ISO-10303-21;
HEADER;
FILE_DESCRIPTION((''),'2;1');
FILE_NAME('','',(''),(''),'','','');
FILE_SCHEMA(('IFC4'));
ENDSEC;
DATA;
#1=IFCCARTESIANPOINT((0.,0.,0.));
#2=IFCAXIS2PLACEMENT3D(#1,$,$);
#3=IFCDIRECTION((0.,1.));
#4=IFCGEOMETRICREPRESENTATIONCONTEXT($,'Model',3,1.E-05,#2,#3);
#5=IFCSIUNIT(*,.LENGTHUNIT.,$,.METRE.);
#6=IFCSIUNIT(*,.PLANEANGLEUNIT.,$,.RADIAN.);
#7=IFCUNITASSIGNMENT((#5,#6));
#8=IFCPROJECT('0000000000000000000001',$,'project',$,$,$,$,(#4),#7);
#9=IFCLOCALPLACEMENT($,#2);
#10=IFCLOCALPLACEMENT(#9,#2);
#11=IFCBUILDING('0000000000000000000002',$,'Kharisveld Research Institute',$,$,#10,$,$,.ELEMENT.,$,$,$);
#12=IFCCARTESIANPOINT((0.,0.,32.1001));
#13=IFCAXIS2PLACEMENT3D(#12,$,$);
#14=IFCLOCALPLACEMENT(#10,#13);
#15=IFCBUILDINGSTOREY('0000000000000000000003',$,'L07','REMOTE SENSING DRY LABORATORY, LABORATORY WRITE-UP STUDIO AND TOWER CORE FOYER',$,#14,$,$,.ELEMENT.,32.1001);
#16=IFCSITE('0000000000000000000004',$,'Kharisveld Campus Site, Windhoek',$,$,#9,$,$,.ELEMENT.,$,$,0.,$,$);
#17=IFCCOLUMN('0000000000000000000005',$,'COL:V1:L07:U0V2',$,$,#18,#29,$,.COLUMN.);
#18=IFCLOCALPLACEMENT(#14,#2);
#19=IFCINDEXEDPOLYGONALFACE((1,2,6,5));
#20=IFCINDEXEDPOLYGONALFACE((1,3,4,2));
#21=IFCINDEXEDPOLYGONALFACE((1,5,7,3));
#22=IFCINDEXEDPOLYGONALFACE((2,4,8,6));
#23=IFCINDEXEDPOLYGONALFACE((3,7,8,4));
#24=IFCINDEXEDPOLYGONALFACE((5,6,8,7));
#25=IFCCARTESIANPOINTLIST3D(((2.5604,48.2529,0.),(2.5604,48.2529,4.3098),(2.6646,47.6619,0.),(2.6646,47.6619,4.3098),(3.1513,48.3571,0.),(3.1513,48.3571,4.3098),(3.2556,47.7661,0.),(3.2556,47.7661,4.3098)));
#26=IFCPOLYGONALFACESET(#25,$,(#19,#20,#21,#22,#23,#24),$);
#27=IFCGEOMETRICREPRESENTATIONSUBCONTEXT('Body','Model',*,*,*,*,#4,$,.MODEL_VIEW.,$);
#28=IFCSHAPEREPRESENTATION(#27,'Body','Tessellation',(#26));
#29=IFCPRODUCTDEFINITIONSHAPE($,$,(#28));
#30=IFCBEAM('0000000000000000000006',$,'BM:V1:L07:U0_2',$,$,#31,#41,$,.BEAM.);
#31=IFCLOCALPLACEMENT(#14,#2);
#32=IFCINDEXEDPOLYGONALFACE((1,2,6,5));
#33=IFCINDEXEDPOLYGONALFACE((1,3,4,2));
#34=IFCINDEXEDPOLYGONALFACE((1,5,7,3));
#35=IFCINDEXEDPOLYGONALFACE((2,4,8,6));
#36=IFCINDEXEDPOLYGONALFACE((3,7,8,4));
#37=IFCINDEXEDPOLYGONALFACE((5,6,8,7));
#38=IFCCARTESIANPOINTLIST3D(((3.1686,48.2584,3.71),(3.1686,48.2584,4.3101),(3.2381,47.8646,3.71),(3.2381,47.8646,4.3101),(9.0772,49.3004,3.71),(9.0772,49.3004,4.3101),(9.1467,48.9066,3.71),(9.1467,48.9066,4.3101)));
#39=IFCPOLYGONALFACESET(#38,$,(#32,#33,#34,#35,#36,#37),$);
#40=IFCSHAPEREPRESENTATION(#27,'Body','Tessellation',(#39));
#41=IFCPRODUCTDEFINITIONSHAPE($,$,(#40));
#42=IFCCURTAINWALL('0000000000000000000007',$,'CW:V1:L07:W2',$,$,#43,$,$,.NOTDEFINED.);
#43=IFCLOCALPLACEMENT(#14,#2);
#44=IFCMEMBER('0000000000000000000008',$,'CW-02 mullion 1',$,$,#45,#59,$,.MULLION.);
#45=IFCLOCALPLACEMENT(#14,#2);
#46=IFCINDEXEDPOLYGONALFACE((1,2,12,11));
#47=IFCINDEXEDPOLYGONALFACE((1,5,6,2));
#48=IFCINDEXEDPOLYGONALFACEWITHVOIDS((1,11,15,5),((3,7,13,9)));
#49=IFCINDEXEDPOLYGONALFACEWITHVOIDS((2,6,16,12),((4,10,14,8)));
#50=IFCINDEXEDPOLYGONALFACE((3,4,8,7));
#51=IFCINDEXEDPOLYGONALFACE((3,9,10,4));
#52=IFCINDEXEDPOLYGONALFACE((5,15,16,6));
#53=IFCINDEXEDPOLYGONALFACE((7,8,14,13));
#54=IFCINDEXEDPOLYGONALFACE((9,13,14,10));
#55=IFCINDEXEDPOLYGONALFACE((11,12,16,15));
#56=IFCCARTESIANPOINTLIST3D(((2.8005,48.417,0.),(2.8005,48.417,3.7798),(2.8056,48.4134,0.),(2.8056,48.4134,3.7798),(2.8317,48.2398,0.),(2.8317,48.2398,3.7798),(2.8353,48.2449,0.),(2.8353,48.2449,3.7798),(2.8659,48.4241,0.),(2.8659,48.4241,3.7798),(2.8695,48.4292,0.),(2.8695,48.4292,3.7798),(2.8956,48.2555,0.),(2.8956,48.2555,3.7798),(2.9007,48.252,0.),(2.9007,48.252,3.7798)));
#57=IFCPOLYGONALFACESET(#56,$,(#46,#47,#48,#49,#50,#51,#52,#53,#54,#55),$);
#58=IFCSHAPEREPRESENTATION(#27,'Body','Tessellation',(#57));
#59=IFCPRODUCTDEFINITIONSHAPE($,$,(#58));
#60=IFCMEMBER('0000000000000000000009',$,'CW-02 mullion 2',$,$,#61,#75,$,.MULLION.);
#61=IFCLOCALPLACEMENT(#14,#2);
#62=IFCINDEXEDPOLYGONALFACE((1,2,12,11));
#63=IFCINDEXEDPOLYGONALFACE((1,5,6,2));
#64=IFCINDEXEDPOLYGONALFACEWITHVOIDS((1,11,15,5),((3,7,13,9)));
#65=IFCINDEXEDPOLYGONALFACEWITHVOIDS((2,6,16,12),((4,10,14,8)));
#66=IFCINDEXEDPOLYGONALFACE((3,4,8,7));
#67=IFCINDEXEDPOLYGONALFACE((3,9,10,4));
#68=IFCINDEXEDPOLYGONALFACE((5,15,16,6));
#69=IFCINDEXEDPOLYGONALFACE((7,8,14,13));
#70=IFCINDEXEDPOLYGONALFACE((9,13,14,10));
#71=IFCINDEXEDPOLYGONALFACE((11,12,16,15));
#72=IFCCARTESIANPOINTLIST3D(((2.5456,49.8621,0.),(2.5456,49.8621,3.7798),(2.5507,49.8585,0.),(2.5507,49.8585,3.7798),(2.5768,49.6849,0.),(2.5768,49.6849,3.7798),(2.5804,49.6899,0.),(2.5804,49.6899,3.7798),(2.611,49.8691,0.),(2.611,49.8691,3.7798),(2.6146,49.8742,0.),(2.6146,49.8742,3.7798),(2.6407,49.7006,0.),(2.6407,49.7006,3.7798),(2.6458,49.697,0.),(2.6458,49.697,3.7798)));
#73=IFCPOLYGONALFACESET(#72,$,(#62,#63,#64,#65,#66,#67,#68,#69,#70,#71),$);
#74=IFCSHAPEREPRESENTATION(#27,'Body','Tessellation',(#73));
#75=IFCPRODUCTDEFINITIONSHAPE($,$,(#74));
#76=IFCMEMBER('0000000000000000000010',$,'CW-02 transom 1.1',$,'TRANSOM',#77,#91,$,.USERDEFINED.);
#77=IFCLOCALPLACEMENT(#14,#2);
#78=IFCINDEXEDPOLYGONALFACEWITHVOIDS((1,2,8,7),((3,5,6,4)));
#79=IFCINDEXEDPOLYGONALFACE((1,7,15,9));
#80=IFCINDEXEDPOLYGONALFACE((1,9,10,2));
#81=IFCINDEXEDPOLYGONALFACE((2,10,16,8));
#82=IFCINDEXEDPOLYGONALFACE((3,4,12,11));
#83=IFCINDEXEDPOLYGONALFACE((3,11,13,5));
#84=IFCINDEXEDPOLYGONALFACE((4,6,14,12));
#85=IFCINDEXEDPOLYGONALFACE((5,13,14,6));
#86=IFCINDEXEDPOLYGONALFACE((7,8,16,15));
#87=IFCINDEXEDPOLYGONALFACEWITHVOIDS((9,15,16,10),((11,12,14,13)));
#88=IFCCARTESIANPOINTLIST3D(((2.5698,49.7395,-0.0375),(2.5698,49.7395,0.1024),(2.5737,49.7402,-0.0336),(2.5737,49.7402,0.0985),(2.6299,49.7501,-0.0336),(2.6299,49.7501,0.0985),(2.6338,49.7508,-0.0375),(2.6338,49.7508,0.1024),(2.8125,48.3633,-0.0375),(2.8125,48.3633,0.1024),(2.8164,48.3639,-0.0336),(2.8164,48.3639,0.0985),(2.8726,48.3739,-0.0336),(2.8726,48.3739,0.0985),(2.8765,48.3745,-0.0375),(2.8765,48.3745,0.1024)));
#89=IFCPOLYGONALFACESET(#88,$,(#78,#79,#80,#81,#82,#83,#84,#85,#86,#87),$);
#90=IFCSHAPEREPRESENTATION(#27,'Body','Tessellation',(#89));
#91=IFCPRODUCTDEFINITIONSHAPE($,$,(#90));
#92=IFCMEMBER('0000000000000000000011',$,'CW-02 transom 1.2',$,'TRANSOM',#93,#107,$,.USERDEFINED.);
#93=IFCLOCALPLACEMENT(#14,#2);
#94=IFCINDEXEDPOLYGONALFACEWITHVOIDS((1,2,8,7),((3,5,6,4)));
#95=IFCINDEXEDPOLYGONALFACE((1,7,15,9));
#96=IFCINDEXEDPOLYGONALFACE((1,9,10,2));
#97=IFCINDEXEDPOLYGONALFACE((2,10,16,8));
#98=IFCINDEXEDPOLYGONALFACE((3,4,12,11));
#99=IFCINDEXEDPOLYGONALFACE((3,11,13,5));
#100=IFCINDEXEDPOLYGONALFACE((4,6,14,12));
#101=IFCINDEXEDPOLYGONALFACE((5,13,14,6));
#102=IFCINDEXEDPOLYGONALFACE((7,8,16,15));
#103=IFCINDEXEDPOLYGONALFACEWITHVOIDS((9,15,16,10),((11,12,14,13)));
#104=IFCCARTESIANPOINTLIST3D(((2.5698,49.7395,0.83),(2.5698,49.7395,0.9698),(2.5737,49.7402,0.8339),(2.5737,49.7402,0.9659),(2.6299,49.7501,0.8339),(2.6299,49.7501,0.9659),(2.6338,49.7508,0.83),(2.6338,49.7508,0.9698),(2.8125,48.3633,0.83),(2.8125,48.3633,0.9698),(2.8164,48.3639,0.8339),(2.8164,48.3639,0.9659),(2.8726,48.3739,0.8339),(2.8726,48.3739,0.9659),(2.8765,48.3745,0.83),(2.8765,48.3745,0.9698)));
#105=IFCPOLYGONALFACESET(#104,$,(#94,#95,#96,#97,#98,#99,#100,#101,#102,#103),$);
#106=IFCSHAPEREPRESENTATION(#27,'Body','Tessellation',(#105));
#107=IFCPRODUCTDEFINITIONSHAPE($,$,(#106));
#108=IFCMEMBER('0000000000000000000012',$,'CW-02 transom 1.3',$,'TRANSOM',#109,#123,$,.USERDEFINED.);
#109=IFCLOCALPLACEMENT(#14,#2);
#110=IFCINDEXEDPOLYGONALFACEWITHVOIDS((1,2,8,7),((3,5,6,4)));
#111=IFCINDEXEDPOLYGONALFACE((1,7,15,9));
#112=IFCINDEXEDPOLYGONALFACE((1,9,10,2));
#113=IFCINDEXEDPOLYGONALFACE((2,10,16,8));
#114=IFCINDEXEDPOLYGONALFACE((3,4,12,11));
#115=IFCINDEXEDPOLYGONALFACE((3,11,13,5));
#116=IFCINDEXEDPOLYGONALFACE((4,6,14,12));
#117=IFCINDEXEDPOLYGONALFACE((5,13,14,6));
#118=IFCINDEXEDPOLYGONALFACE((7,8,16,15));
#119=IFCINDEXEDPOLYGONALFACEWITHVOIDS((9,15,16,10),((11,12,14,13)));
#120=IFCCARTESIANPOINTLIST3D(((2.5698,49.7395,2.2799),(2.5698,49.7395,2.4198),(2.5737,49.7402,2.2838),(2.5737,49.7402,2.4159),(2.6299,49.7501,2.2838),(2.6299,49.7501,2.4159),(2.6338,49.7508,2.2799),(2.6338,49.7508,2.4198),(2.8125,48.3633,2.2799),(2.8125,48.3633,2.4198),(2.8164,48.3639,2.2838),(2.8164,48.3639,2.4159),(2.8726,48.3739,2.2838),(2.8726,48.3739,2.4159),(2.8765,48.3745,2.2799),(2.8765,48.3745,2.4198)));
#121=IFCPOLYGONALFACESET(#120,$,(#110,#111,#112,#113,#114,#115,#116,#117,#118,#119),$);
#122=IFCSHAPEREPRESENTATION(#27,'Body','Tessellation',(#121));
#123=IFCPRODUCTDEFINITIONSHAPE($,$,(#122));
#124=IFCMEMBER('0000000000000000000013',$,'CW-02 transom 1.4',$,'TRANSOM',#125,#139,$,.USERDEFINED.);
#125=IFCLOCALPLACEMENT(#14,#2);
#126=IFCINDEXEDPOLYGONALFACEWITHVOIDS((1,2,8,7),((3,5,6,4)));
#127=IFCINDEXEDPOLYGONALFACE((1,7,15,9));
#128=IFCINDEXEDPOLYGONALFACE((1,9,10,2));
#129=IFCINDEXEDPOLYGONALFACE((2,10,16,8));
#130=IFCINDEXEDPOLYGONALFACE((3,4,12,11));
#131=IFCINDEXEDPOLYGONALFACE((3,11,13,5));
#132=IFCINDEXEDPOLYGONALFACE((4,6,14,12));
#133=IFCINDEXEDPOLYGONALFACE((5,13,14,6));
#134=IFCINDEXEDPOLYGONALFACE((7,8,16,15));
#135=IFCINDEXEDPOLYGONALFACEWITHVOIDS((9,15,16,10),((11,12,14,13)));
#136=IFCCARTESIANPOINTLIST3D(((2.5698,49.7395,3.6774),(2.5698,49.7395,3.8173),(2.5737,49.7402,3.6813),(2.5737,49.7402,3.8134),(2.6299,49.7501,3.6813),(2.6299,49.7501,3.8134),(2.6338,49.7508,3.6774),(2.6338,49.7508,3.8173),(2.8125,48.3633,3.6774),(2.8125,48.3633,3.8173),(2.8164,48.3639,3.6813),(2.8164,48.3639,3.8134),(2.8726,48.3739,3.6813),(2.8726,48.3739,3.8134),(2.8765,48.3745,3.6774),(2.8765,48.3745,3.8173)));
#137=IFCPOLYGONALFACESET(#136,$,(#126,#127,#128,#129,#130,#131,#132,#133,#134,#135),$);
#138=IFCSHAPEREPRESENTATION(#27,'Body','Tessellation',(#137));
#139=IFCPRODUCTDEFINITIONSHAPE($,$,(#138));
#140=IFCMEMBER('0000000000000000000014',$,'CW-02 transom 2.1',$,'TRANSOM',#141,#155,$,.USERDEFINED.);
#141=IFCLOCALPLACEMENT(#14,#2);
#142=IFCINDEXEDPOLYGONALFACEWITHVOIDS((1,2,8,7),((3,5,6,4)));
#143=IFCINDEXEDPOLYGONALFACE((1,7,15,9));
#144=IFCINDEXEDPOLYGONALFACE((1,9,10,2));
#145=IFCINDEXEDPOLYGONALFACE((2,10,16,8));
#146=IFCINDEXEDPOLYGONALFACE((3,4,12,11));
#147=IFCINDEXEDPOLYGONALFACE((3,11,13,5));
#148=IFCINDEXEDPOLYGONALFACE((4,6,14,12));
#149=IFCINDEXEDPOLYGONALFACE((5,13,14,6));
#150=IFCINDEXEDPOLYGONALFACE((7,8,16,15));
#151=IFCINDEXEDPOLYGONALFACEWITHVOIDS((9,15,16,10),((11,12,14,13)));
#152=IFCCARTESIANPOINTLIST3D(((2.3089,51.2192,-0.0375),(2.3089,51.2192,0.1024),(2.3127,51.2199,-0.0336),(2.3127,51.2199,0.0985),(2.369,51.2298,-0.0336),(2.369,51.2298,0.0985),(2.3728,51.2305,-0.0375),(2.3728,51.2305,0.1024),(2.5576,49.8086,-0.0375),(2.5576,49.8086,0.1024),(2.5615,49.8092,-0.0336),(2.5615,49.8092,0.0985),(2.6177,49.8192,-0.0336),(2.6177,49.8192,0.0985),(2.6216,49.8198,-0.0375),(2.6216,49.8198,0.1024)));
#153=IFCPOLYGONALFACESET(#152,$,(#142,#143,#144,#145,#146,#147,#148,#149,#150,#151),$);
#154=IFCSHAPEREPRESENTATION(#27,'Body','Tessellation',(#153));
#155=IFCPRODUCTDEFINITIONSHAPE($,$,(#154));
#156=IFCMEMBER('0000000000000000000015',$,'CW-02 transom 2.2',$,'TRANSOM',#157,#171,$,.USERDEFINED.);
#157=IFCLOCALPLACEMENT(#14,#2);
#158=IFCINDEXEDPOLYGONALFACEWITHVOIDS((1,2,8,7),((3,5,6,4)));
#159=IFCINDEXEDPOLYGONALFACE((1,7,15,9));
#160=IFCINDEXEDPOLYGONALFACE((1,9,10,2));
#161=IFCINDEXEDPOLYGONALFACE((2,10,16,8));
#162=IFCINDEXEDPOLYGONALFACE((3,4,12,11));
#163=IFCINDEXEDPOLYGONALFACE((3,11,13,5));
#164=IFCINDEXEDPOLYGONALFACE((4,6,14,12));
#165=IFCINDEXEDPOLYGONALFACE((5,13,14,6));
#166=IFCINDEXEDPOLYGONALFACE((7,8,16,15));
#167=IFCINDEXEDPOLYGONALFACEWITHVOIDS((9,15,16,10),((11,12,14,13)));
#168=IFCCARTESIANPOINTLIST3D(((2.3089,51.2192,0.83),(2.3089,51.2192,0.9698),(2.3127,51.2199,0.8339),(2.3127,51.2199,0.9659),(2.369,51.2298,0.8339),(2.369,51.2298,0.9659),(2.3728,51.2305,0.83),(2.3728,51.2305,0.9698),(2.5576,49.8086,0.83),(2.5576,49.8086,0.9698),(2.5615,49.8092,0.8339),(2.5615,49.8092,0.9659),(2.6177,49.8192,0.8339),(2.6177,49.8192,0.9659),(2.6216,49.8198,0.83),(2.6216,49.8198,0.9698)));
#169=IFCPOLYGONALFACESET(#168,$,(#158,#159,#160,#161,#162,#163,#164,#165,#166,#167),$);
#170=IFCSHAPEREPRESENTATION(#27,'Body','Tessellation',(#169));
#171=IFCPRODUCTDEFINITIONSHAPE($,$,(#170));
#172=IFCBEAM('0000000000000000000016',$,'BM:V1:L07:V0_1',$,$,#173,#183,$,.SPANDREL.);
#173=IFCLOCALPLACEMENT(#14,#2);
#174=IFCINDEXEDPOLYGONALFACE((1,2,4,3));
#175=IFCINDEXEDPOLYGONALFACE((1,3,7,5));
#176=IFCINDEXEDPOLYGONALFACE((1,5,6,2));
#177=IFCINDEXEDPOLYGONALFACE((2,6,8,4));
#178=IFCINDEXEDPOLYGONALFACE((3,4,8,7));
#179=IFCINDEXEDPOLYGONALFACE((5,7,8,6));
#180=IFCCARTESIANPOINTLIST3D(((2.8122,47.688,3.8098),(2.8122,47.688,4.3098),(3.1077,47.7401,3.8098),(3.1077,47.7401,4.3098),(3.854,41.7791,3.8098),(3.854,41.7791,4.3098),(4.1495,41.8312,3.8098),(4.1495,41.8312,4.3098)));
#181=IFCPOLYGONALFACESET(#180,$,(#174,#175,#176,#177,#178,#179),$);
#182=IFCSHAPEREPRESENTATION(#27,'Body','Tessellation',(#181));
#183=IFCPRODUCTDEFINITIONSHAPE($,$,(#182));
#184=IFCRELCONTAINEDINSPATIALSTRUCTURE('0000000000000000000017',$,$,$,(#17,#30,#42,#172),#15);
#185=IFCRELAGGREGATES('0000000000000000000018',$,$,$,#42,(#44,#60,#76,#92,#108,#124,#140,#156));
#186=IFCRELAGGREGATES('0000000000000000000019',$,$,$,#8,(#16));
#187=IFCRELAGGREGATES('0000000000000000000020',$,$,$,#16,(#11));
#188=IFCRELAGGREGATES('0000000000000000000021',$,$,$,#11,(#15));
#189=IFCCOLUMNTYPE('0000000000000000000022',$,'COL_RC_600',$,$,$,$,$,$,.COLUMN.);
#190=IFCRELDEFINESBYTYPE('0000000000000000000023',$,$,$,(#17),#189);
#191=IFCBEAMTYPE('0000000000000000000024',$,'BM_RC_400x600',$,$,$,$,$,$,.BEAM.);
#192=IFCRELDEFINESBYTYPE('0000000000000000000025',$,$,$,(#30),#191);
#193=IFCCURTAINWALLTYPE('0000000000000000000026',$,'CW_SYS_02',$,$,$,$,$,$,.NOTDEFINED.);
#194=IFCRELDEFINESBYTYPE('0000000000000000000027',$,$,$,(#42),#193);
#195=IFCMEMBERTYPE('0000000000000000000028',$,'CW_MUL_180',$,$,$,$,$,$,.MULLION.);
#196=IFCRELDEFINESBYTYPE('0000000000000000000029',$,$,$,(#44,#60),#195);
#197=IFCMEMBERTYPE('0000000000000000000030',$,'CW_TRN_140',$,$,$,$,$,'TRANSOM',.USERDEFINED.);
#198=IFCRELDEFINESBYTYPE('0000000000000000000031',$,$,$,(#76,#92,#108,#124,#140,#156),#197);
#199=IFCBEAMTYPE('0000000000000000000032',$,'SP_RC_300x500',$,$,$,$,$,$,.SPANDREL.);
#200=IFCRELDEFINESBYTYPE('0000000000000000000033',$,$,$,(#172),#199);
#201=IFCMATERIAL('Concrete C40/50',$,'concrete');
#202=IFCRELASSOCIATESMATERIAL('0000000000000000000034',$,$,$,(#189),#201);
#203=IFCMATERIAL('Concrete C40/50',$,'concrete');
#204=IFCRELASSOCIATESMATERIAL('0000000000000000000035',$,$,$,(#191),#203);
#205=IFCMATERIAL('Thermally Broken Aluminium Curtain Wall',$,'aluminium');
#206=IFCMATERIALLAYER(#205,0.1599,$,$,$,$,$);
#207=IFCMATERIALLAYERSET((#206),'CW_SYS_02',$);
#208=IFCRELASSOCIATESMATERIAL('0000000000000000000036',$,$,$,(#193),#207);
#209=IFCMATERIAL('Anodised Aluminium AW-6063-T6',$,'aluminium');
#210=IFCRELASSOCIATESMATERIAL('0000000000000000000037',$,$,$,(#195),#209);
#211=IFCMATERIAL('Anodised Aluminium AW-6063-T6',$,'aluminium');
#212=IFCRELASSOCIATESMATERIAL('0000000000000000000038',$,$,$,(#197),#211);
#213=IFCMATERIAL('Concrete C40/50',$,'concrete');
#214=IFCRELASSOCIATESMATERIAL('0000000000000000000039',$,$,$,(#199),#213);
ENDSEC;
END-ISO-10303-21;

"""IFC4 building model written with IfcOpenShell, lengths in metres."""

from ifc_helpers import new_model, si_unit, direction, frame, origin, origin_2d, place, context, subcontext, project, spatial, rectangle, hollow_rectangle, extrude, material, layer, layer_set, material_profile, profile_set, type_object, element, aggregate, save


model = new_model("IFC4")

# Units and contexts
model_context = context("Model", 3, precision=1e-05, world=origin(), true_north=direction((0.0, 1.0)))
body_context = subcontext(model_context, "Body", "Model", "MODEL_VIEW")
ifc_project = project(units=[si_unit("LENGTHUNIT", "METRE"), si_unit("PLANEANGLEUNIT", "RADIAN")], contexts=[model_context])

# Site, building, storey
site_placement = place(None, origin())
site = spatial("IfcSite", under=ifc_project, at=site_placement, Name="Kharisveld Campus Site, Windhoek", CompositionType="ELEMENT", RefElevation=0.0)
building_placement = place(site_placement, origin())
building = spatial("IfcBuilding", under=site, at=building_placement, Name="Kharisveld Research Institute", CompositionType="ELEMENT")
storey_placement = place(building_placement, frame((0.0, 0.0, 32.1001)))
storey = spatial("IfcBuildingStorey", under=building, at=storey_placement, Name="L07", Description="REMOTE SENSING DRY LABORATORY, LABORATORY WRITE-UP STUDIO AND TOWER CORE FOYER", CompositionType="ELEMENT", Elevation=32.1001)

# Column
ifc_material_1 = material(Name="Concrete C40/50", Category="concrete")
ifc_material_profile_1 = material_profile(ifc_material_1, rectangle(XDim=0.6001, YDim=0.6001, at=origin_2d()))
ifc_profile_set_1 = profile_set([ifc_material_profile_1], Name="Concrete C40/50")
column_type = type_object("IfcColumnType", Name="COL_RC_600", PredefinedType="COLUMN", material=ifc_profile_set_1)
column_placement = place(storey_placement, frame((2.908, 48.0095, 0.0), z_axis=(0.0, 0.0, 1.0), x_axis=(0.984808, 0.173648, 0.0)))
element("IfcColumn", 1, at=column_placement, inside=storey, type_object=column_type, Name="COL:V1:L07:U0V2", PredefinedType="COLUMN", context=body_context, shape_type="SweptSolid", body=[
    extrude(rectangle(XDim=0.6001, YDim=0.6001, at=origin_2d()), origin(), (0.0, 0.0, 1.0), 4.3098),
])

# Beam
ifc_material_2 = material(Name="Concrete C40/50", Category="concrete")
ifc_material_profile_2 = material_profile(ifc_material_2, rectangle(XDim=0.3999, YDim=0.6001, at=origin_2d()))
ifc_profile_set_2 = profile_set([ifc_material_profile_2], Name="Concrete C40/50")
beam_type_1 = type_object("IfcBeamType", Name="BM_RC_400x600", PredefinedType="BEAM", material=ifc_profile_set_2)
beam_placement = place(storey_placement, frame((3.2034, 48.0615, 4.01), z_axis=(0.984804, 0.173669, 0.0), x_axis=(-0.173669, 0.984804, 0.0)))
element("IfcBeam", 2, at=beam_placement, inside=storey, type_object=beam_type_1, Name="BM:V1:L07:U0_2", PredefinedType="BEAM", context=body_context, shape_type="SweptSolid", body=[
    extrude(rectangle(XDim=0.3999, YDim=0.6001, at=origin_2d()), origin(), (0.0, 0.0, 1.0), 5.9998),
])

# Curtain wall, members
ifc_material_3 = material(Name="Thermally Broken Aluminium Curtain Wall", Category="aluminium")
ifc_layer_1 = layer(ifc_material_3, 0.1599)
ifc_layer_set_1 = layer_set([ifc_layer_1], Name="CW_SYS_02")
curtain_wall_type = type_object("IfcCurtainWallType", Name="CW_SYS_02", PredefinedType="NOTDEFINED", material=ifc_layer_set_1)
curtain_wall_placement = place(storey_placement, origin())
curtain_wall = element("IfcCurtainWall", 3, at=curtain_wall_placement, inside=storey, type_object=curtain_wall_type, Name="CW:V1:L07:W2", PredefinedType="NOTDEFINED")
ifc_material_4 = material(Name="Anodised Aluminium AW-6063-T6", Category="aluminium")
ifc_material_profile_3 = material_profile(ifc_material_4, hollow_rectangle(XDim=0.0701, YDim=0.1799, WallThickness=0.0044, at=origin_2d()))
ifc_profile_set_3 = profile_set([ifc_material_profile_3], Name="Anodised Aluminium AW-6063-T6")
member_type_1 = type_object("IfcMemberType", Name="CW_MUL_180", PredefinedType="MULLION", material=ifc_profile_set_3)
member_1_placement = place(storey_placement, frame((2.8506, 48.3345, 0.0), z_axis=(0.0, 0.0, 1.0), x_axis=(-0.984808, -0.173648, 0.0)))
member_1 = element("IfcMember", 4, at=member_1_placement, type_object=member_type_1, Name="CW-02 mullion 1", PredefinedType="MULLION", context=body_context, shape_type="SweptSolid", body=[
    extrude(hollow_rectangle(XDim=0.0701, YDim=0.1799, WallThickness=0.0044, at=origin_2d()), origin(), (0.0, 0.0, 1.0), 3.7798),
])
member_2_placement = place(storey_placement, frame((2.5957, 49.7795, 0.0), z_axis=(0.0, 0.0, 1.0), x_axis=(-0.984808, -0.173648, 0.0)))
member_2 = element("IfcMember", 5, at=member_2_placement, type_object=member_type_1, Name="CW-02 mullion 2", PredefinedType="MULLION", context=body_context, shape_type="SweptSolid", body=[
    extrude(hollow_rectangle(XDim=0.0701, YDim=0.1799, WallThickness=0.0044, at=origin_2d()), origin(), (0.0, 0.0, 1.0), 3.7798),
])
ifc_material_5 = material(Name="Anodised Aluminium AW-6063-T6", Category="aluminium")
ifc_material_profile_4 = material_profile(ifc_material_5, hollow_rectangle(XDim=0.0649, YDim=0.1399, WallThickness=0.0039, at=origin_2d()))
ifc_profile_set_4 = profile_set([ifc_material_profile_4], Name="Anodised Aluminium AW-6063-T6")
member_type_2 = type_object("IfcMemberType", Name="CW_TRN_140", ElementType="TRANSOM", PredefinedType="USERDEFINED", material=ifc_profile_set_4)
member_3_placement = place(storey_placement, frame((2.8445, 48.3689, 0.0325), z_axis=(-0.173656, 0.984806, 0.0), x_axis=(-0.984806, -0.173656, 0.0)))
member_3 = element("IfcMember", 6, at=member_3_placement, type_object=member_type_2, Name="CW-02 transom 1.1", ObjectType="TRANSOM", PredefinedType="USERDEFINED", context=body_context, shape_type="SweptSolid", body=[
    extrude(hollow_rectangle(XDim=0.0649, YDim=0.1399, WallThickness=0.0039, at=origin_2d()), origin(), (0.0, 0.0, 1.0), 1.3975),
])
member_4_placement = place(storey_placement, frame((2.8445, 48.3689, 0.8999), z_axis=(-0.173656, 0.984806, 0.0), x_axis=(-0.984806, -0.173656, 0.0)))
member_4 = element("IfcMember", 7, at=member_4_placement, type_object=member_type_2, Name="CW-02 transom 1.2", ObjectType="TRANSOM", PredefinedType="USERDEFINED", context=body_context, shape_type="SweptSolid", body=[
    extrude(hollow_rectangle(XDim=0.0649, YDim=0.1399, WallThickness=0.0039, at=origin_2d()), origin(), (0.0, 0.0, 1.0), 1.3975),
])
member_5_placement = place(storey_placement, frame((2.8445, 48.3689, 2.3499), z_axis=(-0.173656, 0.984806, 0.0), x_axis=(-0.984806, -0.173656, 0.0)))
member_5 = element("IfcMember", 8, at=member_5_placement, type_object=member_type_2, Name="CW-02 transom 1.3", ObjectType="TRANSOM", PredefinedType="USERDEFINED", context=body_context, shape_type="SweptSolid", body=[
    extrude(hollow_rectangle(XDim=0.0649, YDim=0.1399, WallThickness=0.0039, at=origin_2d()), origin(), (0.0, 0.0, 1.0), 1.3975),
])
member_6_placement = place(storey_placement, frame((2.8445, 48.3689, 3.7473), z_axis=(-0.173656, 0.984806, 0.0), x_axis=(-0.984806, -0.173656, 0.0)))
member_6 = element("IfcMember", 9, at=member_6_placement, type_object=member_type_2, Name="CW-02 transom 1.4", ObjectType="TRANSOM", PredefinedType="USERDEFINED", context=body_context, shape_type="SweptSolid", body=[
    extrude(hollow_rectangle(XDim=0.0649, YDim=0.1399, WallThickness=0.0039, at=origin_2d()), origin(), (0.0, 0.0, 1.0), 1.3975),
])
member_7_placement = place(storey_placement, frame((2.5896, 49.8142, 0.0325), z_axis=(-0.173678, 0.984802, 0.0), x_axis=(-0.984802, -0.173678, 0.0)))
member_7 = element("IfcMember", 10, at=member_7_placement, type_object=member_type_2, Name="CW-02 transom 2.1", ObjectType="TRANSOM", PredefinedType="USERDEFINED", context=body_context, shape_type="SweptSolid", body=[
    extrude(hollow_rectangle(XDim=0.0649, YDim=0.1399, WallThickness=0.0039, at=origin_2d()), origin(), (0.0, 0.0, 1.0), 1.4324),
])
member_8_placement = place(storey_placement, frame((2.5896, 49.8142, 0.8999), z_axis=(-0.173678, 0.984802, 0.0), x_axis=(-0.984802, -0.173678, 0.0)))
member_8 = element("IfcMember", 11, at=member_8_placement, type_object=member_type_2, Name="CW-02 transom 2.2", ObjectType="TRANSOM", PredefinedType="USERDEFINED", context=body_context, shape_type="SweptSolid", body=[
    extrude(hollow_rectangle(XDim=0.0649, YDim=0.1399, WallThickness=0.0039, at=origin_2d()), origin(), (0.0, 0.0, 1.0), 1.4324),
])

# Beam
ifc_material_6 = material(Name="Concrete C40/50", Category="concrete")
ifc_material_profile_5 = material_profile(ifc_material_6, rectangle(XDim=0.3, YDim=0.5, at=origin_2d()))
ifc_profile_set_5 = profile_set([ifc_material_profile_5], Name="Concrete C40/50")
beam_type_2 = type_object("IfcBeamType", Name="SP_RC_300x500", PredefinedType="SPANDREL", material=ifc_profile_set_5)
for number, where, z_axis, x_axis, name in (
    (12, (4.0017, 41.8052, 4.0598), (-0.173623, 0.984812, 0.0), (-0.984812, -0.173623, 0.0), "BM:V1:L07:V0_1"),
):
    element("IfcBeam", number, at=place(storey_placement, frame(where, z_axis=z_axis, x_axis=x_axis)), inside=storey, type_object=beam_type_2, Name=name, PredefinedType="SPANDREL", context=body_context, shape_type="SweptSolid", body=[
        extrude(rectangle(XDim=0.3, YDim=0.5, at=origin_2d()), origin(), (0.0, 0.0, 1.0), 6.0),
    ])

aggregate(curtain_wall, [member_1, member_2, member_3, member_4, member_5, member_6, member_7, member_8])

save(model, "model.ifc")
